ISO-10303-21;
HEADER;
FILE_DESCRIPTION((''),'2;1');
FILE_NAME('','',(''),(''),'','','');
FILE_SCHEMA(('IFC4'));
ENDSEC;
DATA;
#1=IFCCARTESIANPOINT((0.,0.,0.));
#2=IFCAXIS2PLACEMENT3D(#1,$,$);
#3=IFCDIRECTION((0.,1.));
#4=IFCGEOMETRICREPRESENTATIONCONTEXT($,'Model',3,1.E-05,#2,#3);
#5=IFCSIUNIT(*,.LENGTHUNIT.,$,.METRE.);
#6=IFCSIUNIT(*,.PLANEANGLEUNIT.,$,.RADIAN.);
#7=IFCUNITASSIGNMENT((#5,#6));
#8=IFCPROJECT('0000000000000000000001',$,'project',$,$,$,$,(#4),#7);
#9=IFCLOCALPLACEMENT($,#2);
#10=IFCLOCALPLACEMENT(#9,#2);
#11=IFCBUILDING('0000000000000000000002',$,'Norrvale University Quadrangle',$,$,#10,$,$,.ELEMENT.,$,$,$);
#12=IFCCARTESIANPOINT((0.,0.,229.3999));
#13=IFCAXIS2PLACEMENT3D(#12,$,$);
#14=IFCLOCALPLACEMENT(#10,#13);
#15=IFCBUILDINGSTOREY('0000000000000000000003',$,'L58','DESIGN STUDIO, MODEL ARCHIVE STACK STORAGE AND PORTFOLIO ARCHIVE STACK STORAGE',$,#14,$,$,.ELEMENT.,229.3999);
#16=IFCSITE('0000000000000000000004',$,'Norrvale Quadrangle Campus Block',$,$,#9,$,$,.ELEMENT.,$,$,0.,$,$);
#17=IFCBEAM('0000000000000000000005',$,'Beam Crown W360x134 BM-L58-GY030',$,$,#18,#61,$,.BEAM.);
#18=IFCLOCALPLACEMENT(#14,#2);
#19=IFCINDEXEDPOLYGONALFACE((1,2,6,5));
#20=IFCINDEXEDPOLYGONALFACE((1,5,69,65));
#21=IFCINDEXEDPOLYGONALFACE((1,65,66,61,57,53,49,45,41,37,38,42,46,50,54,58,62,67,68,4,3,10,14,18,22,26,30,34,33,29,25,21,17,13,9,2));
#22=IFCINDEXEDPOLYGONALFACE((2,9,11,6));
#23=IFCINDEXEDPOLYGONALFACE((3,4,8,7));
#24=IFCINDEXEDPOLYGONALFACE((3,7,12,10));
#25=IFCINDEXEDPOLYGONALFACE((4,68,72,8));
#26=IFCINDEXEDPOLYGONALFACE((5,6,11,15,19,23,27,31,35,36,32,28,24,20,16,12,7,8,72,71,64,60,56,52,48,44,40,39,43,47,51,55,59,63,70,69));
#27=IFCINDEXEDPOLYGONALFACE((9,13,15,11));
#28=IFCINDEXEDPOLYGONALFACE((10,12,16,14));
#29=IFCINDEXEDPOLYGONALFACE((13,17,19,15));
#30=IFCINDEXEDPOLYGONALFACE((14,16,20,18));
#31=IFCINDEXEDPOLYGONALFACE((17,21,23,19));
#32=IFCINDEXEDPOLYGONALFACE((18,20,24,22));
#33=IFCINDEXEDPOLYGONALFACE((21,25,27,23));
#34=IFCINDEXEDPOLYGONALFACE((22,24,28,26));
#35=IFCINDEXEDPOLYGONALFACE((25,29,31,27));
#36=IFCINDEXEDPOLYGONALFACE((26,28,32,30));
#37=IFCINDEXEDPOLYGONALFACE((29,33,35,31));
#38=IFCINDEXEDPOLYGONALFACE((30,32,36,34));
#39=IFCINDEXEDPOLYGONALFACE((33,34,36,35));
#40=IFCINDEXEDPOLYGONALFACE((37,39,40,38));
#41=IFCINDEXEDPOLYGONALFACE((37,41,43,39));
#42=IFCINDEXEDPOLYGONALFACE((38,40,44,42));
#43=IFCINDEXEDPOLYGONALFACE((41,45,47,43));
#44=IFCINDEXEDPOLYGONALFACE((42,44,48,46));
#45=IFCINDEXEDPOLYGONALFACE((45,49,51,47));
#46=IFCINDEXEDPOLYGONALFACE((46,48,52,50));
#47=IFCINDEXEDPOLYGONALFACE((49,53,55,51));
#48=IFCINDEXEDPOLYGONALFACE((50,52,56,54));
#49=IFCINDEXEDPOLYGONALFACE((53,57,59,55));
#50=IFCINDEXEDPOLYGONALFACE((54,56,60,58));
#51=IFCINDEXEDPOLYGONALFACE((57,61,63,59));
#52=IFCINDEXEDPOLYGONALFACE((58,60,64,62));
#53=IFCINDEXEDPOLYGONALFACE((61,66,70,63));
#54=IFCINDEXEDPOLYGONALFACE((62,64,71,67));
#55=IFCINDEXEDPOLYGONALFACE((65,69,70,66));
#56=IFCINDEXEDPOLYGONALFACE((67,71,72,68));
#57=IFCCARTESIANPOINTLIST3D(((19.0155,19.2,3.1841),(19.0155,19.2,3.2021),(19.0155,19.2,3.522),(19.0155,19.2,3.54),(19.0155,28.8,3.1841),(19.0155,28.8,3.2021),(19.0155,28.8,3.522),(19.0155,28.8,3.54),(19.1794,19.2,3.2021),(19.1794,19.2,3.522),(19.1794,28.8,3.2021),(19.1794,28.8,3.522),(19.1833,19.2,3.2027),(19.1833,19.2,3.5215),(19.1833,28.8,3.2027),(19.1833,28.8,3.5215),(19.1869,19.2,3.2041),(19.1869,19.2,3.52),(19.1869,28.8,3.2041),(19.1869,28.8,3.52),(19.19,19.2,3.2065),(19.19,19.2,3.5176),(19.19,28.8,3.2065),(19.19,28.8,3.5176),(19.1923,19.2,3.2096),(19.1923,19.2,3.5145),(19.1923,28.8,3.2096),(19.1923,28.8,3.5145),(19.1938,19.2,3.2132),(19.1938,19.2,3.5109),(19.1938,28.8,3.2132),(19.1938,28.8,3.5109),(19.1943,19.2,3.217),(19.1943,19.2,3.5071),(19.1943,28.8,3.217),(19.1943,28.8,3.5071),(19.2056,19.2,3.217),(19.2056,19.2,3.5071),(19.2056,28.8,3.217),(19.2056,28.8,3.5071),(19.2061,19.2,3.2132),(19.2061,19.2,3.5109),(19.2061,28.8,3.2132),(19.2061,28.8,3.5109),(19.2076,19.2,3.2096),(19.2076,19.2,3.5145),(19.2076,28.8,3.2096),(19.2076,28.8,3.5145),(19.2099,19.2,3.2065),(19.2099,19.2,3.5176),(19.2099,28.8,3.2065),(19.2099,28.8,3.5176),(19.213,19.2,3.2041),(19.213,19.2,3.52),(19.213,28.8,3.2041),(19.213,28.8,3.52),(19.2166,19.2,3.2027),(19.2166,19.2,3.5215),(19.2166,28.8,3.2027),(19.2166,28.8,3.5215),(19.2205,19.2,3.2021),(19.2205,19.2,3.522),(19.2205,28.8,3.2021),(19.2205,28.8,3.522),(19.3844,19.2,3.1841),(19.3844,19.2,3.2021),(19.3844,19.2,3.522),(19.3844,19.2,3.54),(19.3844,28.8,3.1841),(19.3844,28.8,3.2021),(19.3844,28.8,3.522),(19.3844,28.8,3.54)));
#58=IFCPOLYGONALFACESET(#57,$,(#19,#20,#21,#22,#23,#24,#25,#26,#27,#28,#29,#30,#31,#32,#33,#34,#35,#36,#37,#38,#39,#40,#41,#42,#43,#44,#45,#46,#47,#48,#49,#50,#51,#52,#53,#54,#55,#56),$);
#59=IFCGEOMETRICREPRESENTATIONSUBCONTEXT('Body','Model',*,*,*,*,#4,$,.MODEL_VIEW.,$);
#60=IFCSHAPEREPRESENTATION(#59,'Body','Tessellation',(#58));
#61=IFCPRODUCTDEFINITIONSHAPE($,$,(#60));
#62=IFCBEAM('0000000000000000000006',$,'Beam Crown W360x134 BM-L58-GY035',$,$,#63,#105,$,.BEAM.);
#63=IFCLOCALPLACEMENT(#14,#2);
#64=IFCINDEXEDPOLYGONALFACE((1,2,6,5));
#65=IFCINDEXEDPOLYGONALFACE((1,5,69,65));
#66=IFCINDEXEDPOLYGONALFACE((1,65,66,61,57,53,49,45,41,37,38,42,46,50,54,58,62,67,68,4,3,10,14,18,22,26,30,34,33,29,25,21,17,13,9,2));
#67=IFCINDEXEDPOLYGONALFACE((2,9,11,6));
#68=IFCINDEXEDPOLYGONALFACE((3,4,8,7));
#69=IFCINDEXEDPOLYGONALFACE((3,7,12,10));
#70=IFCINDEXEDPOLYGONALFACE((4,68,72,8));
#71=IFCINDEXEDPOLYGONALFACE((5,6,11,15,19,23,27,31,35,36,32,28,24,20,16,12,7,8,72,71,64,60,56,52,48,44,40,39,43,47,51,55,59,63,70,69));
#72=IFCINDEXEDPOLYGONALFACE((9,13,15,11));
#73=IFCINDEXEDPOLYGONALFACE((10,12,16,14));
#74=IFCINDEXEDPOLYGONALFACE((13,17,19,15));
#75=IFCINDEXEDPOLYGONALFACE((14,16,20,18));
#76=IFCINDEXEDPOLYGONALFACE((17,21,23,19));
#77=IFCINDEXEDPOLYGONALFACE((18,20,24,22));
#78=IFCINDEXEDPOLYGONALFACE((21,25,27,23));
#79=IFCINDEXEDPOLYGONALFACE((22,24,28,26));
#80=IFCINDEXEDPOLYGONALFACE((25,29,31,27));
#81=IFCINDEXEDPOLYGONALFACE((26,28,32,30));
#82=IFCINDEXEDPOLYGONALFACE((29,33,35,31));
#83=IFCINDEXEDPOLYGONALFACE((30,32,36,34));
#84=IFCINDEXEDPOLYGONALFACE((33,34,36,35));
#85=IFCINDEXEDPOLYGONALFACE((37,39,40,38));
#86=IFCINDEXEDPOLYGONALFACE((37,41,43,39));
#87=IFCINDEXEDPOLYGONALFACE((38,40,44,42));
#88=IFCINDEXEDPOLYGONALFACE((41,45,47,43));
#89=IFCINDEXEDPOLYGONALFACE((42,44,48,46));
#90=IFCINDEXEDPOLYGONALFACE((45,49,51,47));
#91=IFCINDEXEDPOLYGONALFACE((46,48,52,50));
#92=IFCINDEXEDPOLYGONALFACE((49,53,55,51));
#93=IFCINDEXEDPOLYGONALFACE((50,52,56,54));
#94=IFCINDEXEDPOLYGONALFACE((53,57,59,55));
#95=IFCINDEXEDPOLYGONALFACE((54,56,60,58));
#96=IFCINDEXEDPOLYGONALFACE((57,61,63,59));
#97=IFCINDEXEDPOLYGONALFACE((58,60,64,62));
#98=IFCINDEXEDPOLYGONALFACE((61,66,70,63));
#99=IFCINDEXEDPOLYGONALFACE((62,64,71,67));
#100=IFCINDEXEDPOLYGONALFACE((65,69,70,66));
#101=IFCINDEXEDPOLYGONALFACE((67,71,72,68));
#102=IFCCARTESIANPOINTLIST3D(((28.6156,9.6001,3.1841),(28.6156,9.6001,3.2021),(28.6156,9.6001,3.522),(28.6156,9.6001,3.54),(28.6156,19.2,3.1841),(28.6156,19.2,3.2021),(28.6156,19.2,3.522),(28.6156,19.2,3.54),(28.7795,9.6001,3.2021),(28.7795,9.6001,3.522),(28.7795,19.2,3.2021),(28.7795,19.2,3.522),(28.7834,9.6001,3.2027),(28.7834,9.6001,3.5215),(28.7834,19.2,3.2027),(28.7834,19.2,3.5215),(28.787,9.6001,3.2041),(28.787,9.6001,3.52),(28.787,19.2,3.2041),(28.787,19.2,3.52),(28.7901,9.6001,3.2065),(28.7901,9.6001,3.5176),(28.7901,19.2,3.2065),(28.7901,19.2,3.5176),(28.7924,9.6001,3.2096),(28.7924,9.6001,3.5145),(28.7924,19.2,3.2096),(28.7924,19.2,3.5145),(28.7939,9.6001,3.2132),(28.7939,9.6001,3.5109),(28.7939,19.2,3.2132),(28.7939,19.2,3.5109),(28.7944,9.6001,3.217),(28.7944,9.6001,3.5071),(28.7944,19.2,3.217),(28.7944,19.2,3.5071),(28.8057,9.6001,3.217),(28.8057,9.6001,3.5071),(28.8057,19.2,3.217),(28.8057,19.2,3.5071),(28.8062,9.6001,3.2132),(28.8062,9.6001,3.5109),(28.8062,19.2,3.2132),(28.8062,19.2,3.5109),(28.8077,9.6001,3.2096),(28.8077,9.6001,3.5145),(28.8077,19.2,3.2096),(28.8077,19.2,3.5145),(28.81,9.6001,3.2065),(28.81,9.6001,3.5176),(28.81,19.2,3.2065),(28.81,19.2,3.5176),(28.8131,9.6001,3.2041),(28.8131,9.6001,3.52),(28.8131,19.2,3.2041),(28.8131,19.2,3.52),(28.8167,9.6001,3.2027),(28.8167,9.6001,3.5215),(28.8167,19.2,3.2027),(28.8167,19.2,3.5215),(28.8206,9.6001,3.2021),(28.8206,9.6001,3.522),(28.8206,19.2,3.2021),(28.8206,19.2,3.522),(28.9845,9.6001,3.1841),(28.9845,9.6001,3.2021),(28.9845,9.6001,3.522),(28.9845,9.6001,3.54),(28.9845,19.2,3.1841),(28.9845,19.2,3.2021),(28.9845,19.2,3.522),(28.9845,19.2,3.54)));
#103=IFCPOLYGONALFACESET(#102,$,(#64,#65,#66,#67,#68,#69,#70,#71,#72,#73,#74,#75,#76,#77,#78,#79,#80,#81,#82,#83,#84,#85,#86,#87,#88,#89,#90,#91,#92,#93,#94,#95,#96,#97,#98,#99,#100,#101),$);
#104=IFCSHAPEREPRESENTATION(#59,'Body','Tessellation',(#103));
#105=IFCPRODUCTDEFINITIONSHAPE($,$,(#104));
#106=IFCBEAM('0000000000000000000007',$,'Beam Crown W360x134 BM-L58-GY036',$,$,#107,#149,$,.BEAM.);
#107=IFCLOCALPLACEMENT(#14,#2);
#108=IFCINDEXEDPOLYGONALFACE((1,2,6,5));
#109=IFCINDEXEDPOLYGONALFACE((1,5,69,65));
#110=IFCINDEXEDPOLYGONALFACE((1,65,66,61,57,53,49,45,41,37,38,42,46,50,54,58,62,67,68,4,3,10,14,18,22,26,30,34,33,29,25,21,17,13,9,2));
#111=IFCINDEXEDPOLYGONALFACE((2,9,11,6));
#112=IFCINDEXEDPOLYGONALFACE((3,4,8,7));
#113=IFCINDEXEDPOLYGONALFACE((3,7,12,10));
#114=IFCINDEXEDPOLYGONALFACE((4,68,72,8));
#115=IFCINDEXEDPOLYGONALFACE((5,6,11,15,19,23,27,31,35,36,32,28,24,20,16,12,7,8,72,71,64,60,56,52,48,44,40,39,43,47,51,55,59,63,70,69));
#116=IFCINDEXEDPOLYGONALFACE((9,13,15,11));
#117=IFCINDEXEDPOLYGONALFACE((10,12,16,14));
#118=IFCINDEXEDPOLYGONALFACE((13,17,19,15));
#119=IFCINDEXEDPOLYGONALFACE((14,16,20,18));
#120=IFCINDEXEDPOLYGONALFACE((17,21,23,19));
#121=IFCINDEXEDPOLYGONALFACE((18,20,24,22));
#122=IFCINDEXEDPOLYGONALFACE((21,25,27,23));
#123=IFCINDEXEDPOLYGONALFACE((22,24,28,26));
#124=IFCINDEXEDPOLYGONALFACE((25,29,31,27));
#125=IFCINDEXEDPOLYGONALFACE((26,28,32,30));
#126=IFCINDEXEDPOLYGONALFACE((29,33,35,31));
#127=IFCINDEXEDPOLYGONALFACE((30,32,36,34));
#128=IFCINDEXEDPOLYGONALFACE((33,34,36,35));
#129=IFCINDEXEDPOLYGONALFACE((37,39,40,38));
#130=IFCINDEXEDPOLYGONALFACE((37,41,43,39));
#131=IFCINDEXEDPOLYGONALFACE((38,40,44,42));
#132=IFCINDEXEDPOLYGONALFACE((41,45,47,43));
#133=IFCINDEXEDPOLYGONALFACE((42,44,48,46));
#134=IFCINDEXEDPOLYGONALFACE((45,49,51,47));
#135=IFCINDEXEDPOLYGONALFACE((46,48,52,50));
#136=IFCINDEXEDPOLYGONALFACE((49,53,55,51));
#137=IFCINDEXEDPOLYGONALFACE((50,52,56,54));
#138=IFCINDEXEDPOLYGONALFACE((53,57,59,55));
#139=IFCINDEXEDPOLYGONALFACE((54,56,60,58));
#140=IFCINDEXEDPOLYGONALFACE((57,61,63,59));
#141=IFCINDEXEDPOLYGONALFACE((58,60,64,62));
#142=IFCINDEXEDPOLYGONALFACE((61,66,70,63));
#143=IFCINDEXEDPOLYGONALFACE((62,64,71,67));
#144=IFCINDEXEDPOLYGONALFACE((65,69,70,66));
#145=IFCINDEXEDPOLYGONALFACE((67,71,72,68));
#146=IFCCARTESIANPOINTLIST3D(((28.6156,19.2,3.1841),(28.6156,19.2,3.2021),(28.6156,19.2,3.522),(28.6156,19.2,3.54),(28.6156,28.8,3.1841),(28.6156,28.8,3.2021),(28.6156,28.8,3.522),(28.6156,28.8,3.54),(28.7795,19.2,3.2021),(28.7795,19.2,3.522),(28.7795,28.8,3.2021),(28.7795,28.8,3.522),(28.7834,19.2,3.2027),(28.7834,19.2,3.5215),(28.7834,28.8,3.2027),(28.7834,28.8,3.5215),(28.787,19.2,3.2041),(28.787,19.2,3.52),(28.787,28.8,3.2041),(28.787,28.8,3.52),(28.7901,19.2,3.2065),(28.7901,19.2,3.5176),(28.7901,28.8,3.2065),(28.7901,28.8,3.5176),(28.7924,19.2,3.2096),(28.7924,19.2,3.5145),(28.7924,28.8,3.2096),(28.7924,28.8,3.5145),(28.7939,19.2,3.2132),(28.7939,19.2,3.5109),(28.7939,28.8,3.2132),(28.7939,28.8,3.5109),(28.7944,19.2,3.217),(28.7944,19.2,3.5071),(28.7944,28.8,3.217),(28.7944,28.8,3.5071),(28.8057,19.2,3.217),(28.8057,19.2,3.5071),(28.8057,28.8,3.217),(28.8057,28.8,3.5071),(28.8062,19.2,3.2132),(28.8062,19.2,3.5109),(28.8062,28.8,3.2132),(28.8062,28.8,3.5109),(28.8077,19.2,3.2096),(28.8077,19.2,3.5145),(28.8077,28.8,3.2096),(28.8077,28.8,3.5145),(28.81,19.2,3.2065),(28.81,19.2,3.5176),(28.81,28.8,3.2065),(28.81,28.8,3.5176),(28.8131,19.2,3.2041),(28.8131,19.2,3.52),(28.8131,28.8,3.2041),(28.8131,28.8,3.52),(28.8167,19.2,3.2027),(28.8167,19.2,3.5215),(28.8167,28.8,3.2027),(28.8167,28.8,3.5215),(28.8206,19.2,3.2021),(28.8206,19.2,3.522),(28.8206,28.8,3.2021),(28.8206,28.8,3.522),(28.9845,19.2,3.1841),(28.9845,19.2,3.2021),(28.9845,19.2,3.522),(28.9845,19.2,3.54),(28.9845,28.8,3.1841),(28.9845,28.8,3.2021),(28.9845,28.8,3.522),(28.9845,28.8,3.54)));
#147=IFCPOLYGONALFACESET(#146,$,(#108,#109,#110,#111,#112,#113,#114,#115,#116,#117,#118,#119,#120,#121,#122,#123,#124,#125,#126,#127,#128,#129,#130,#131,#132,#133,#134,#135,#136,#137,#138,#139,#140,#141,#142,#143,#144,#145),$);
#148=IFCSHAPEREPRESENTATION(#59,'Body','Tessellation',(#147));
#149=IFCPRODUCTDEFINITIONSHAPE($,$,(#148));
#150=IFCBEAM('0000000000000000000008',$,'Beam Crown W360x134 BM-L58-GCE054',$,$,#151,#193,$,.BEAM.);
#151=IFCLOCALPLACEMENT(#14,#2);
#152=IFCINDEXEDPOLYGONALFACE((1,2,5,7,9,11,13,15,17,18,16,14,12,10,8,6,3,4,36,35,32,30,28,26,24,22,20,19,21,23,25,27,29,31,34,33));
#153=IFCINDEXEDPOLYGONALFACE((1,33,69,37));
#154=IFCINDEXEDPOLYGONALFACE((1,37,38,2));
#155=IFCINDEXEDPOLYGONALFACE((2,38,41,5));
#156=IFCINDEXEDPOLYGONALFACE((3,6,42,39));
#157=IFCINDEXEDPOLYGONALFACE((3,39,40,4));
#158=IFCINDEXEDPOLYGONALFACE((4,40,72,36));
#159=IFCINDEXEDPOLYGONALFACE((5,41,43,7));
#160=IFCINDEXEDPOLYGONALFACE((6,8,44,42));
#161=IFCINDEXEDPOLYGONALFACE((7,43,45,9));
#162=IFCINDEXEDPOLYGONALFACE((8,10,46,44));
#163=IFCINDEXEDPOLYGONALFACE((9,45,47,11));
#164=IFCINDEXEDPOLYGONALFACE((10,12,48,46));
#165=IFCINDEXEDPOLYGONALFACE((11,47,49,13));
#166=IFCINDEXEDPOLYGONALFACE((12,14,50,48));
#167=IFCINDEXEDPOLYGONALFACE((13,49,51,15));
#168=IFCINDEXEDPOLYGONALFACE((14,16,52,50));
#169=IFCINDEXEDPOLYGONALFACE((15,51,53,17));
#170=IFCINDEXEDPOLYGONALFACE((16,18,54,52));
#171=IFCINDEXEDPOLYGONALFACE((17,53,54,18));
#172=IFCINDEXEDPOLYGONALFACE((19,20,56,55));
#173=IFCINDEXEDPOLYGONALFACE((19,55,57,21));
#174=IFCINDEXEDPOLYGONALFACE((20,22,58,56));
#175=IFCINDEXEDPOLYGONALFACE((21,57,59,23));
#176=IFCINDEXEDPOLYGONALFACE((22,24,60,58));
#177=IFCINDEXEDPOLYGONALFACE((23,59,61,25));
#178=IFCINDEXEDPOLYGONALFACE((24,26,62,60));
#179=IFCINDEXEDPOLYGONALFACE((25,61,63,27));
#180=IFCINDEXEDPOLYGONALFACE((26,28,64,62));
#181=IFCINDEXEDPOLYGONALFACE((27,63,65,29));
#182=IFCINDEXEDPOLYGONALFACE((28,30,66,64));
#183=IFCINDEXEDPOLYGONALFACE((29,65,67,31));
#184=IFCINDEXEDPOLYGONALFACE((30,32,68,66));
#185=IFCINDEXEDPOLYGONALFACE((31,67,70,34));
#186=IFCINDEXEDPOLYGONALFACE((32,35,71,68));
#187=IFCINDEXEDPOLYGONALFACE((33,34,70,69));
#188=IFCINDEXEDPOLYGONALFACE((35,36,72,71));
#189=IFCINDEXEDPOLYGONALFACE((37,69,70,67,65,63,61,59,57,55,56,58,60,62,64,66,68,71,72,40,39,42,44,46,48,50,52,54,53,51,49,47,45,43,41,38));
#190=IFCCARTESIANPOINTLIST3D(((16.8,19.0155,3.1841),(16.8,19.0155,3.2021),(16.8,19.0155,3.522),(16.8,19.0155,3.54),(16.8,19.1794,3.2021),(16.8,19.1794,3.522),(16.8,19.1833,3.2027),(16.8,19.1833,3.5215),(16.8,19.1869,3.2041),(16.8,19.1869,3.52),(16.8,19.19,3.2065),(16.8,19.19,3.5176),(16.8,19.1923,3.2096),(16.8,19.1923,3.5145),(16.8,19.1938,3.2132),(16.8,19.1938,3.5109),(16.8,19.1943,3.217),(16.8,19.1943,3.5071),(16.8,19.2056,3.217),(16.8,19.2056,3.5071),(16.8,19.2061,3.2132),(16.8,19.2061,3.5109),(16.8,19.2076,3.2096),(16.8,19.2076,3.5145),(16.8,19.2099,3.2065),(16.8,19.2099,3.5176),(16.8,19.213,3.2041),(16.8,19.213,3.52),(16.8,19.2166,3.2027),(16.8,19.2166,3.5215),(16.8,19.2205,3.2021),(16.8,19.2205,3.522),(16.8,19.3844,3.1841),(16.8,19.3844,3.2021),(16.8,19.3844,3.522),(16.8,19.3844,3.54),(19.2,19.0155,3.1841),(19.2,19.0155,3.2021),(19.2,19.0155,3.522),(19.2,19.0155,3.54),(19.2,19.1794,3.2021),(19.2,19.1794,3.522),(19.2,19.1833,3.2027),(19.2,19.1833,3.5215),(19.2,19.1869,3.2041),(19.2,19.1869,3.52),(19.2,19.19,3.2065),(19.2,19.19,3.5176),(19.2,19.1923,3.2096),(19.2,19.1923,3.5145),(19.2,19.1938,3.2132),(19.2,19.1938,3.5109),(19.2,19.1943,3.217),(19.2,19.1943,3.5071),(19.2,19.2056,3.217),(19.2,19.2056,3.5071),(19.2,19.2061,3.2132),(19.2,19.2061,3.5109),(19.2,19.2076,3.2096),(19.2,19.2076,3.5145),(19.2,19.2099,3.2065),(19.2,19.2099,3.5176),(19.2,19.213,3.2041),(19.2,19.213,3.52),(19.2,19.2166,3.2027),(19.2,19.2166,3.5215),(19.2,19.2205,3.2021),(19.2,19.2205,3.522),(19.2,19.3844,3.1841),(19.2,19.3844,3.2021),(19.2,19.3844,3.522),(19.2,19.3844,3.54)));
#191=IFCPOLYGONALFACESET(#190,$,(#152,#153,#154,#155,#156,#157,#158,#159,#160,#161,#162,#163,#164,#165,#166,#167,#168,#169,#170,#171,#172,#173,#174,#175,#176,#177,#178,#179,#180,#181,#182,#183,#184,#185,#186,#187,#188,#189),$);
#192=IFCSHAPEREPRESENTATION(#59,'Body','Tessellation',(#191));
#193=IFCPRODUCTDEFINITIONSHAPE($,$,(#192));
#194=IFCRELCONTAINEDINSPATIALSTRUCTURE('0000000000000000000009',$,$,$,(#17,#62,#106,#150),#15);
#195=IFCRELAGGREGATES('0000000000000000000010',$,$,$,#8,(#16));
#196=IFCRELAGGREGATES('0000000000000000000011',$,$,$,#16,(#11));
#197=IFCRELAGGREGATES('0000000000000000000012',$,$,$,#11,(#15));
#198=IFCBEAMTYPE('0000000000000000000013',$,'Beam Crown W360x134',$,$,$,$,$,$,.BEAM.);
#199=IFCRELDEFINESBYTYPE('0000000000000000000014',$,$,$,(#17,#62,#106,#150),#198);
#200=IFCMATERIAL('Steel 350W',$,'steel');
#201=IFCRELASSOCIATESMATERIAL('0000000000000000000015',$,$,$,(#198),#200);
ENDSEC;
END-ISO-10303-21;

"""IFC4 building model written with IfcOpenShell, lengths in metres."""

from ifc_helpers import new_model, si_unit, direction, frame, origin, origin_2d, place, context, subcontext, project, spatial, i_section, extrude, material, material_profile, profile_set, type_object, element, save


model = new_model("IFC4")

# Units and contexts
model_context = context("Model", 3, precision=1e-05, world=origin(), true_north=direction((0.0, 1.0)))
body_context = subcontext(model_context, "Body", "Model", "MODEL_VIEW")
ifc_project = project(units=[si_unit("LENGTHUNIT", "METRE"), si_unit("PLANEANGLEUNIT", "RADIAN")], contexts=[model_context])

# Site, building, storey
site_placement = place(None, origin())
site = spatial("IfcSite", under=ifc_project, at=site_placement, Name="Norrvale Quadrangle Campus Block", CompositionType="ELEMENT", RefElevation=0.0)
building_placement = place(site_placement, origin())
building = spatial("IfcBuilding", under=site, at=building_placement, Name="Norrvale University Quadrangle", CompositionType="ELEMENT")
storey_placement = place(building_placement, frame((0.0, 0.0, 229.3999)))
storey = spatial("IfcBuildingStorey", under=building, at=storey_placement, Name="L58", Description="DESIGN STUDIO, MODEL ARCHIVE STACK STORAGE AND PORTFOLIO ARCHIVE STACK STORAGE", CompositionType="ELEMENT", Elevation=229.3999)

# Beams
ifc_material_1 = material(Name="Steel 350W", Category="steel")
ifc_material_profile_1 = material_profile(ifc_material_1, i_section(OverallWidth=0.3689, OverallDepth=0.356, WebThickness=0.0112, FlangeThickness=0.0181, FilletRadius=0.0149, at=origin_2d()), Name="Steel 350W")
ifc_profile_set_1 = profile_set([ifc_material_profile_1], Name="Steel 350W")
beam_type_1 = type_object("IfcBeamType", Name="Beam Crown W360x134", PredefinedType="BEAM", material=ifc_profile_set_1)
beam_1_placement = place(storey_placement, frame((19.2, 19.2, 3.3621), z_axis=(0.0, 1.0, 0.0), x_axis=(-1.0, 0.0, 0.0)))
element("IfcBeam", 1, at=beam_1_placement, inside=storey, type_object=beam_type_1, Name="Beam Crown W360x134 BM-L58-GY030", PredefinedType="BEAM", context=body_context, shape_type="SweptSolid", body=[
    extrude(i_section(OverallWidth=0.3689, OverallDepth=0.356, WebThickness=0.0112, FlangeThickness=0.0181, FilletRadius=0.0149, at=origin_2d()), origin(), (0.0, 0.0, 1.0), 9.6001),
])
beam_2_placement = place(storey_placement, frame((28.8, 9.6001, 3.3621), z_axis=(0.0, 1.0, 0.0), x_axis=(-1.0, 0.0, 0.0)))
element("IfcBeam", 2, at=beam_2_placement, inside=storey, type_object=beam_type_1, Name="Beam Crown W360x134 BM-L58-GY035", PredefinedType="BEAM", context=body_context, shape_type="SweptSolid", body=[
    extrude(i_section(OverallWidth=0.3689, OverallDepth=0.356, WebThickness=0.0112, FlangeThickness=0.0181, FilletRadius=0.0149, at=origin_2d()), origin(), (0.0, 0.0, 1.0), 9.5999),
])
beam_3_placement = place(storey_placement, frame((28.8, 19.2, 3.3621), z_axis=(0.0, 1.0, 0.0), x_axis=(-1.0, 0.0, 0.0)))
element("IfcBeam", 3, at=beam_3_placement, inside=storey, type_object=beam_type_1, Name="Beam Crown W360x134 BM-L58-GY036", PredefinedType="BEAM", context=body_context, shape_type="SweptSolid", body=[
    extrude(i_section(OverallWidth=0.3689, OverallDepth=0.356, WebThickness=0.0112, FlangeThickness=0.0181, FilletRadius=0.0149, at=origin_2d()), origin(), (0.0, 0.0, 1.0), 9.6001),
])
beam_4_placement = place(storey_placement, frame((16.8, 19.2, 3.3621), z_axis=(1.0, 0.0, 0.0), x_axis=(0.0, 1.0, 0.0)))
element("IfcBeam", 4, at=beam_4_placement, inside=storey, type_object=beam_type_1, Name="Beam Crown W360x134 BM-L58-GCE054", PredefinedType="BEAM", context=body_context, shape_type="SweptSolid", body=[
    extrude(i_section(OverallWidth=0.3689, OverallDepth=0.356, WebThickness=0.0112, FlangeThickness=0.0181, FilletRadius=0.0149, at=origin_2d()), origin(), (0.0, 0.0, 1.0), 2.3999),
])

save(model, "model.ifc")
